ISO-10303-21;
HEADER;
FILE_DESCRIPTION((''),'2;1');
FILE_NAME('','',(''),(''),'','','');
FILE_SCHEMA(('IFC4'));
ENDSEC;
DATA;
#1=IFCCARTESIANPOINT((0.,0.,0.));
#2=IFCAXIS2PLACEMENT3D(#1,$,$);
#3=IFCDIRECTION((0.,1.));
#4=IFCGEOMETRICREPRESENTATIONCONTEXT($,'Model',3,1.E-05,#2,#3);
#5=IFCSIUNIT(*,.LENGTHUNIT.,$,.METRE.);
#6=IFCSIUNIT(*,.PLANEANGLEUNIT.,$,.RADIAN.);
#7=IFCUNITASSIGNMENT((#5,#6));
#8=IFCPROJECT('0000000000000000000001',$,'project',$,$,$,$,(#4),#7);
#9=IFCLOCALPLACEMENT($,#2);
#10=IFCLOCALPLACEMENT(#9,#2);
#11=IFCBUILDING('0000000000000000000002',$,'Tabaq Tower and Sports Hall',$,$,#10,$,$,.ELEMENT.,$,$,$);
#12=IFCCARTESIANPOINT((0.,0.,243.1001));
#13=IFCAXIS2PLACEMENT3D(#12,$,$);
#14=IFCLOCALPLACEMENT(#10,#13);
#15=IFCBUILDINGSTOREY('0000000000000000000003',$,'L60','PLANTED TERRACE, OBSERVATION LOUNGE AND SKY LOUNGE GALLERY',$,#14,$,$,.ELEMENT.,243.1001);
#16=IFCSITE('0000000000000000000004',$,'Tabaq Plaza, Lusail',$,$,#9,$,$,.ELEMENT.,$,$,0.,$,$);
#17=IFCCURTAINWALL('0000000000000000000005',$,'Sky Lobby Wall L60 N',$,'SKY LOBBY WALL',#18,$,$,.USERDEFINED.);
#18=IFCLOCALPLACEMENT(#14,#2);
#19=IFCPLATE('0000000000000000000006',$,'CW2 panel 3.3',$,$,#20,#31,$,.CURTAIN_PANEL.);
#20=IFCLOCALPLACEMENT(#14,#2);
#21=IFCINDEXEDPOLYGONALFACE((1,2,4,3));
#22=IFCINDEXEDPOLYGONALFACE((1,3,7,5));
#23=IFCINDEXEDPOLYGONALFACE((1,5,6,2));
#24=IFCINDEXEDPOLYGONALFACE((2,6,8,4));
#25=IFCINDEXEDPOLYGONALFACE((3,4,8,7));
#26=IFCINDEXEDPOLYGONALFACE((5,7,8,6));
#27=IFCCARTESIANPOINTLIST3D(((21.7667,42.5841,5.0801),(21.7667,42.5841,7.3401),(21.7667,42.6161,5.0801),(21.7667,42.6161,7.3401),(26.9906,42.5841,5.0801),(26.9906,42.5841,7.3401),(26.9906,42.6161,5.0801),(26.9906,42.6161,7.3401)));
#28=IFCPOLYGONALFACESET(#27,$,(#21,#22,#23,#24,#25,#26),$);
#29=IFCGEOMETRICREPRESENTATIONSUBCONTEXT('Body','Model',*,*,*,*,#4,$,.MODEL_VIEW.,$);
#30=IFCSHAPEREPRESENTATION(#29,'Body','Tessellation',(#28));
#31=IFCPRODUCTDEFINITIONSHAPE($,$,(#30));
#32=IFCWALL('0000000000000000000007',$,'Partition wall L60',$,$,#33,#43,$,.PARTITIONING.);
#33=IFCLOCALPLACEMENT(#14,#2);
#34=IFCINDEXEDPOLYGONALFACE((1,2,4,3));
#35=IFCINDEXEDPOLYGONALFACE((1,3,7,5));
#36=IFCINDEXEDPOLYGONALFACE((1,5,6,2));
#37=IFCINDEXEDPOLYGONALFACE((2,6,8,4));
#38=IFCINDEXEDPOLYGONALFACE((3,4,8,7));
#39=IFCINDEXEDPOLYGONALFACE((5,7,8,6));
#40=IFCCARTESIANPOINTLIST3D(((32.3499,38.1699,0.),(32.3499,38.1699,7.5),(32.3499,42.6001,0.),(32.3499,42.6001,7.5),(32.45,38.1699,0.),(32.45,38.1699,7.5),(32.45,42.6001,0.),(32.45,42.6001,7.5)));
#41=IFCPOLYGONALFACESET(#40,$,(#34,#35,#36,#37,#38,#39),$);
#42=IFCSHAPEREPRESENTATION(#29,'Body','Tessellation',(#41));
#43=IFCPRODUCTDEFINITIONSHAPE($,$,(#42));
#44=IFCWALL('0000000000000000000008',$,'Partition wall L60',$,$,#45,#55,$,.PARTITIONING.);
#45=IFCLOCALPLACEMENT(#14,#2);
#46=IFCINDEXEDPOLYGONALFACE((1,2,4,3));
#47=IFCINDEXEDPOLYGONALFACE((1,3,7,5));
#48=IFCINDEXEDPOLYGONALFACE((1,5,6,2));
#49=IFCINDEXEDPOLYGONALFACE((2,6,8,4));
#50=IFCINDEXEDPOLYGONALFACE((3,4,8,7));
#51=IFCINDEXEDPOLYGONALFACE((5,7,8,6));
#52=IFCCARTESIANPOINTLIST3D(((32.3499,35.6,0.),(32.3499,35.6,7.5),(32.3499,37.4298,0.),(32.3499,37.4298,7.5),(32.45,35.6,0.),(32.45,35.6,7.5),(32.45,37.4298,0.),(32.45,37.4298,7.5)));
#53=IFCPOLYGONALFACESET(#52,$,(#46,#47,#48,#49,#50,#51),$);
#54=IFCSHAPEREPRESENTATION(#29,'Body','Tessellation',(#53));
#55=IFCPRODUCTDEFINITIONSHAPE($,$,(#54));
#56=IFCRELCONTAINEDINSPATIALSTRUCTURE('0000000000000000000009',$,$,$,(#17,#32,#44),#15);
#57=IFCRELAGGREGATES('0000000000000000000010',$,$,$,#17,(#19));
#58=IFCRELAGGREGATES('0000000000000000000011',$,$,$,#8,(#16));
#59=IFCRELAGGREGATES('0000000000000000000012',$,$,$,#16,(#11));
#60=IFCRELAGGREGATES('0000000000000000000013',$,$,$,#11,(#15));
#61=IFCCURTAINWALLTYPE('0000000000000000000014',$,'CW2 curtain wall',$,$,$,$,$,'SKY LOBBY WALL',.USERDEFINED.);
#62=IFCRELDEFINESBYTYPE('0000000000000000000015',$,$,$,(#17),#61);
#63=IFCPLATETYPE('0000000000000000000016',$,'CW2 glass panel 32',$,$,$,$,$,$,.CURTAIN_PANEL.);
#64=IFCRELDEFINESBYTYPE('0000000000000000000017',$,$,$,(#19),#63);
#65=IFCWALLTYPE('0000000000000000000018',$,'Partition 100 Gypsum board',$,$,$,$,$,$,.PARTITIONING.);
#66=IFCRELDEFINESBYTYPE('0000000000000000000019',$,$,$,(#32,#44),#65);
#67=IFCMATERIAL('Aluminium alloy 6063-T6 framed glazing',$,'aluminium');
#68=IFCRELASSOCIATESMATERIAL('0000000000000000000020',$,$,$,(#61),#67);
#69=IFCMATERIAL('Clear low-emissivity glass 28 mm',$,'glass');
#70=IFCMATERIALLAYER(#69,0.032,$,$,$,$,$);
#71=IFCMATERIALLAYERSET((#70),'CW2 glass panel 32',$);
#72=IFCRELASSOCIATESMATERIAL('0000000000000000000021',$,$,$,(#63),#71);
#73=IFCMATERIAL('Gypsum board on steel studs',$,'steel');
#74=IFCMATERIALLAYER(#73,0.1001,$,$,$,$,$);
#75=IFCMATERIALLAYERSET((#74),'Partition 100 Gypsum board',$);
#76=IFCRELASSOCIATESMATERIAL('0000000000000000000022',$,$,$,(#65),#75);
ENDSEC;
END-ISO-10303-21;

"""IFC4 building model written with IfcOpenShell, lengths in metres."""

from ifc_helpers import new_model, si_unit, direction, frame, frame_2d, origin, origin_2d, place, context, subcontext, project, spatial, rectangle, extrude, material, layer, layer_set, type_object, element, aggregate, save


model = new_model("IFC4")

# Units and contexts
model_context = context("Model", 3, precision=1e-05, world=origin(), true_north=direction((0.0, 1.0)))
body_context = subcontext(model_context, "Body", "Model", "MODEL_VIEW")
ifc_project = project(units=[si_unit("LENGTHUNIT", "METRE"), si_unit("PLANEANGLEUNIT", "RADIAN")], contexts=[model_context])

# Site, building, storey
site_placement = place(None, origin())
site = spatial("IfcSite", under=ifc_project, at=site_placement, Name="Tabaq Plaza, Lusail", CompositionType="ELEMENT", RefElevation=0.0)
building_placement = place(site_placement, origin())
building = spatial("IfcBuilding", under=site, at=building_placement, Name="Tabaq Tower and Sports Hall", CompositionType="ELEMENT")
storey_placement = place(building_placement, frame((0.0, 0.0, 243.1001)))
storey = spatial("IfcBuildingStorey", under=building, at=storey_placement, Name="L60", Description="PLANTED TERRACE, OBSERVATION LOUNGE AND SKY LOUNGE GALLERY", CompositionType="ELEMENT", Elevation=243.1001)

# Curtain wall
ifc_material_1 = material(Name="Aluminium alloy 6063-T6 framed glazing", Category="aluminium")
curtain_wall_type_1 = type_object("IfcCurtainWallType", Name="CW2 curtain wall", ElementType="SKY LOBBY WALL", PredefinedType="USERDEFINED", material=ifc_material_1)
curtain_wall_1_placement = place(storey_placement, origin())
curtain_wall_1 = element("IfcCurtainWall", 1, at=curtain_wall_1_placement, inside=storey, type_object=curtain_wall_type_1, Name="Sky Lobby Wall L60 N", ObjectType="SKY LOBBY WALL", PredefinedType="USERDEFINED")

# Plate
ifc_material_2 = material(Name="Clear low-emissivity glass 28 mm", Category="glass")
ifc_layer_1 = layer(ifc_material_2, 0.032)
ifc_layer_set_1 = layer_set([ifc_layer_1], Name="CW2 glass panel 32")
plate_type_1 = type_object("IfcPlateType", Name="CW2 glass panel 32", PredefinedType="CURTAIN_PANEL", material=ifc_layer_set_1)
plate_1_placement = place(storey_placement, frame((24.3787, 42.6001, 5.0801), z_axis=(0.0, 0.0, 1.0), x_axis=(-1.0, 0.0, 0.0)))
plate_1 = element("IfcPlate", 2, at=plate_1_placement, type_object=plate_type_1, Name="CW2 panel 3.3", PredefinedType="CURTAIN_PANEL", context=body_context, shape_type="SweptSolid", body=[
    extrude(rectangle(XDim=5.2239, YDim=0.032, at=origin_2d()), origin(), (0.0, 0.0, 1.0), 2.26),
])
aggregate(curtain_wall_1, [plate_1])

# Walls
ifc_material_3 = material(Name="Gypsum board on steel studs", Category="steel")
ifc_layer_2 = layer(ifc_material_3, 0.1001)
ifc_layer_set_2 = layer_set([ifc_layer_2], Name="Partition 100 Gypsum board")
wall_type = type_object("IfcWallType", Name="Partition 100 Gypsum board", PredefinedType="PARTITIONING", material=ifc_layer_set_2)
wall_1_placement = place(storey_placement, frame((32.3999, 42.6001, 0.0), z_axis=(0.0, 0.0, 1.0), x_axis=(0.0, -1.0, 0.0)))
element("IfcWall", 3, at=wall_1_placement, inside=storey, type_object=wall_type, Name="Partition wall L60", PredefinedType="PARTITIONING", context=body_context, shape_type="SweptSolid", body=[
    extrude(rectangle(XDim=4.4302, YDim=0.1001, at=frame_2d((2.2151, 0.0))), origin(), (0.0, 0.0, 1.0), 7.5),
])
wall_2_placement = place(storey_placement, frame((32.3999, 37.4299, 0.0), z_axis=(0.0, 0.0, 1.0), x_axis=(0.0, -1.0, 0.0)))
element("IfcWall", 4, at=wall_2_placement, inside=storey, type_object=wall_type, Name="Partition wall L60", PredefinedType="PARTITIONING", context=body_context, shape_type="SweptSolid", body=[
    extrude(rectangle(XDim=1.8298, YDim=0.1001, at=frame_2d((0.915, 0.0))), origin(), (0.0, 0.0, 1.0), 7.5),
])

save(model, "model.ifc")
